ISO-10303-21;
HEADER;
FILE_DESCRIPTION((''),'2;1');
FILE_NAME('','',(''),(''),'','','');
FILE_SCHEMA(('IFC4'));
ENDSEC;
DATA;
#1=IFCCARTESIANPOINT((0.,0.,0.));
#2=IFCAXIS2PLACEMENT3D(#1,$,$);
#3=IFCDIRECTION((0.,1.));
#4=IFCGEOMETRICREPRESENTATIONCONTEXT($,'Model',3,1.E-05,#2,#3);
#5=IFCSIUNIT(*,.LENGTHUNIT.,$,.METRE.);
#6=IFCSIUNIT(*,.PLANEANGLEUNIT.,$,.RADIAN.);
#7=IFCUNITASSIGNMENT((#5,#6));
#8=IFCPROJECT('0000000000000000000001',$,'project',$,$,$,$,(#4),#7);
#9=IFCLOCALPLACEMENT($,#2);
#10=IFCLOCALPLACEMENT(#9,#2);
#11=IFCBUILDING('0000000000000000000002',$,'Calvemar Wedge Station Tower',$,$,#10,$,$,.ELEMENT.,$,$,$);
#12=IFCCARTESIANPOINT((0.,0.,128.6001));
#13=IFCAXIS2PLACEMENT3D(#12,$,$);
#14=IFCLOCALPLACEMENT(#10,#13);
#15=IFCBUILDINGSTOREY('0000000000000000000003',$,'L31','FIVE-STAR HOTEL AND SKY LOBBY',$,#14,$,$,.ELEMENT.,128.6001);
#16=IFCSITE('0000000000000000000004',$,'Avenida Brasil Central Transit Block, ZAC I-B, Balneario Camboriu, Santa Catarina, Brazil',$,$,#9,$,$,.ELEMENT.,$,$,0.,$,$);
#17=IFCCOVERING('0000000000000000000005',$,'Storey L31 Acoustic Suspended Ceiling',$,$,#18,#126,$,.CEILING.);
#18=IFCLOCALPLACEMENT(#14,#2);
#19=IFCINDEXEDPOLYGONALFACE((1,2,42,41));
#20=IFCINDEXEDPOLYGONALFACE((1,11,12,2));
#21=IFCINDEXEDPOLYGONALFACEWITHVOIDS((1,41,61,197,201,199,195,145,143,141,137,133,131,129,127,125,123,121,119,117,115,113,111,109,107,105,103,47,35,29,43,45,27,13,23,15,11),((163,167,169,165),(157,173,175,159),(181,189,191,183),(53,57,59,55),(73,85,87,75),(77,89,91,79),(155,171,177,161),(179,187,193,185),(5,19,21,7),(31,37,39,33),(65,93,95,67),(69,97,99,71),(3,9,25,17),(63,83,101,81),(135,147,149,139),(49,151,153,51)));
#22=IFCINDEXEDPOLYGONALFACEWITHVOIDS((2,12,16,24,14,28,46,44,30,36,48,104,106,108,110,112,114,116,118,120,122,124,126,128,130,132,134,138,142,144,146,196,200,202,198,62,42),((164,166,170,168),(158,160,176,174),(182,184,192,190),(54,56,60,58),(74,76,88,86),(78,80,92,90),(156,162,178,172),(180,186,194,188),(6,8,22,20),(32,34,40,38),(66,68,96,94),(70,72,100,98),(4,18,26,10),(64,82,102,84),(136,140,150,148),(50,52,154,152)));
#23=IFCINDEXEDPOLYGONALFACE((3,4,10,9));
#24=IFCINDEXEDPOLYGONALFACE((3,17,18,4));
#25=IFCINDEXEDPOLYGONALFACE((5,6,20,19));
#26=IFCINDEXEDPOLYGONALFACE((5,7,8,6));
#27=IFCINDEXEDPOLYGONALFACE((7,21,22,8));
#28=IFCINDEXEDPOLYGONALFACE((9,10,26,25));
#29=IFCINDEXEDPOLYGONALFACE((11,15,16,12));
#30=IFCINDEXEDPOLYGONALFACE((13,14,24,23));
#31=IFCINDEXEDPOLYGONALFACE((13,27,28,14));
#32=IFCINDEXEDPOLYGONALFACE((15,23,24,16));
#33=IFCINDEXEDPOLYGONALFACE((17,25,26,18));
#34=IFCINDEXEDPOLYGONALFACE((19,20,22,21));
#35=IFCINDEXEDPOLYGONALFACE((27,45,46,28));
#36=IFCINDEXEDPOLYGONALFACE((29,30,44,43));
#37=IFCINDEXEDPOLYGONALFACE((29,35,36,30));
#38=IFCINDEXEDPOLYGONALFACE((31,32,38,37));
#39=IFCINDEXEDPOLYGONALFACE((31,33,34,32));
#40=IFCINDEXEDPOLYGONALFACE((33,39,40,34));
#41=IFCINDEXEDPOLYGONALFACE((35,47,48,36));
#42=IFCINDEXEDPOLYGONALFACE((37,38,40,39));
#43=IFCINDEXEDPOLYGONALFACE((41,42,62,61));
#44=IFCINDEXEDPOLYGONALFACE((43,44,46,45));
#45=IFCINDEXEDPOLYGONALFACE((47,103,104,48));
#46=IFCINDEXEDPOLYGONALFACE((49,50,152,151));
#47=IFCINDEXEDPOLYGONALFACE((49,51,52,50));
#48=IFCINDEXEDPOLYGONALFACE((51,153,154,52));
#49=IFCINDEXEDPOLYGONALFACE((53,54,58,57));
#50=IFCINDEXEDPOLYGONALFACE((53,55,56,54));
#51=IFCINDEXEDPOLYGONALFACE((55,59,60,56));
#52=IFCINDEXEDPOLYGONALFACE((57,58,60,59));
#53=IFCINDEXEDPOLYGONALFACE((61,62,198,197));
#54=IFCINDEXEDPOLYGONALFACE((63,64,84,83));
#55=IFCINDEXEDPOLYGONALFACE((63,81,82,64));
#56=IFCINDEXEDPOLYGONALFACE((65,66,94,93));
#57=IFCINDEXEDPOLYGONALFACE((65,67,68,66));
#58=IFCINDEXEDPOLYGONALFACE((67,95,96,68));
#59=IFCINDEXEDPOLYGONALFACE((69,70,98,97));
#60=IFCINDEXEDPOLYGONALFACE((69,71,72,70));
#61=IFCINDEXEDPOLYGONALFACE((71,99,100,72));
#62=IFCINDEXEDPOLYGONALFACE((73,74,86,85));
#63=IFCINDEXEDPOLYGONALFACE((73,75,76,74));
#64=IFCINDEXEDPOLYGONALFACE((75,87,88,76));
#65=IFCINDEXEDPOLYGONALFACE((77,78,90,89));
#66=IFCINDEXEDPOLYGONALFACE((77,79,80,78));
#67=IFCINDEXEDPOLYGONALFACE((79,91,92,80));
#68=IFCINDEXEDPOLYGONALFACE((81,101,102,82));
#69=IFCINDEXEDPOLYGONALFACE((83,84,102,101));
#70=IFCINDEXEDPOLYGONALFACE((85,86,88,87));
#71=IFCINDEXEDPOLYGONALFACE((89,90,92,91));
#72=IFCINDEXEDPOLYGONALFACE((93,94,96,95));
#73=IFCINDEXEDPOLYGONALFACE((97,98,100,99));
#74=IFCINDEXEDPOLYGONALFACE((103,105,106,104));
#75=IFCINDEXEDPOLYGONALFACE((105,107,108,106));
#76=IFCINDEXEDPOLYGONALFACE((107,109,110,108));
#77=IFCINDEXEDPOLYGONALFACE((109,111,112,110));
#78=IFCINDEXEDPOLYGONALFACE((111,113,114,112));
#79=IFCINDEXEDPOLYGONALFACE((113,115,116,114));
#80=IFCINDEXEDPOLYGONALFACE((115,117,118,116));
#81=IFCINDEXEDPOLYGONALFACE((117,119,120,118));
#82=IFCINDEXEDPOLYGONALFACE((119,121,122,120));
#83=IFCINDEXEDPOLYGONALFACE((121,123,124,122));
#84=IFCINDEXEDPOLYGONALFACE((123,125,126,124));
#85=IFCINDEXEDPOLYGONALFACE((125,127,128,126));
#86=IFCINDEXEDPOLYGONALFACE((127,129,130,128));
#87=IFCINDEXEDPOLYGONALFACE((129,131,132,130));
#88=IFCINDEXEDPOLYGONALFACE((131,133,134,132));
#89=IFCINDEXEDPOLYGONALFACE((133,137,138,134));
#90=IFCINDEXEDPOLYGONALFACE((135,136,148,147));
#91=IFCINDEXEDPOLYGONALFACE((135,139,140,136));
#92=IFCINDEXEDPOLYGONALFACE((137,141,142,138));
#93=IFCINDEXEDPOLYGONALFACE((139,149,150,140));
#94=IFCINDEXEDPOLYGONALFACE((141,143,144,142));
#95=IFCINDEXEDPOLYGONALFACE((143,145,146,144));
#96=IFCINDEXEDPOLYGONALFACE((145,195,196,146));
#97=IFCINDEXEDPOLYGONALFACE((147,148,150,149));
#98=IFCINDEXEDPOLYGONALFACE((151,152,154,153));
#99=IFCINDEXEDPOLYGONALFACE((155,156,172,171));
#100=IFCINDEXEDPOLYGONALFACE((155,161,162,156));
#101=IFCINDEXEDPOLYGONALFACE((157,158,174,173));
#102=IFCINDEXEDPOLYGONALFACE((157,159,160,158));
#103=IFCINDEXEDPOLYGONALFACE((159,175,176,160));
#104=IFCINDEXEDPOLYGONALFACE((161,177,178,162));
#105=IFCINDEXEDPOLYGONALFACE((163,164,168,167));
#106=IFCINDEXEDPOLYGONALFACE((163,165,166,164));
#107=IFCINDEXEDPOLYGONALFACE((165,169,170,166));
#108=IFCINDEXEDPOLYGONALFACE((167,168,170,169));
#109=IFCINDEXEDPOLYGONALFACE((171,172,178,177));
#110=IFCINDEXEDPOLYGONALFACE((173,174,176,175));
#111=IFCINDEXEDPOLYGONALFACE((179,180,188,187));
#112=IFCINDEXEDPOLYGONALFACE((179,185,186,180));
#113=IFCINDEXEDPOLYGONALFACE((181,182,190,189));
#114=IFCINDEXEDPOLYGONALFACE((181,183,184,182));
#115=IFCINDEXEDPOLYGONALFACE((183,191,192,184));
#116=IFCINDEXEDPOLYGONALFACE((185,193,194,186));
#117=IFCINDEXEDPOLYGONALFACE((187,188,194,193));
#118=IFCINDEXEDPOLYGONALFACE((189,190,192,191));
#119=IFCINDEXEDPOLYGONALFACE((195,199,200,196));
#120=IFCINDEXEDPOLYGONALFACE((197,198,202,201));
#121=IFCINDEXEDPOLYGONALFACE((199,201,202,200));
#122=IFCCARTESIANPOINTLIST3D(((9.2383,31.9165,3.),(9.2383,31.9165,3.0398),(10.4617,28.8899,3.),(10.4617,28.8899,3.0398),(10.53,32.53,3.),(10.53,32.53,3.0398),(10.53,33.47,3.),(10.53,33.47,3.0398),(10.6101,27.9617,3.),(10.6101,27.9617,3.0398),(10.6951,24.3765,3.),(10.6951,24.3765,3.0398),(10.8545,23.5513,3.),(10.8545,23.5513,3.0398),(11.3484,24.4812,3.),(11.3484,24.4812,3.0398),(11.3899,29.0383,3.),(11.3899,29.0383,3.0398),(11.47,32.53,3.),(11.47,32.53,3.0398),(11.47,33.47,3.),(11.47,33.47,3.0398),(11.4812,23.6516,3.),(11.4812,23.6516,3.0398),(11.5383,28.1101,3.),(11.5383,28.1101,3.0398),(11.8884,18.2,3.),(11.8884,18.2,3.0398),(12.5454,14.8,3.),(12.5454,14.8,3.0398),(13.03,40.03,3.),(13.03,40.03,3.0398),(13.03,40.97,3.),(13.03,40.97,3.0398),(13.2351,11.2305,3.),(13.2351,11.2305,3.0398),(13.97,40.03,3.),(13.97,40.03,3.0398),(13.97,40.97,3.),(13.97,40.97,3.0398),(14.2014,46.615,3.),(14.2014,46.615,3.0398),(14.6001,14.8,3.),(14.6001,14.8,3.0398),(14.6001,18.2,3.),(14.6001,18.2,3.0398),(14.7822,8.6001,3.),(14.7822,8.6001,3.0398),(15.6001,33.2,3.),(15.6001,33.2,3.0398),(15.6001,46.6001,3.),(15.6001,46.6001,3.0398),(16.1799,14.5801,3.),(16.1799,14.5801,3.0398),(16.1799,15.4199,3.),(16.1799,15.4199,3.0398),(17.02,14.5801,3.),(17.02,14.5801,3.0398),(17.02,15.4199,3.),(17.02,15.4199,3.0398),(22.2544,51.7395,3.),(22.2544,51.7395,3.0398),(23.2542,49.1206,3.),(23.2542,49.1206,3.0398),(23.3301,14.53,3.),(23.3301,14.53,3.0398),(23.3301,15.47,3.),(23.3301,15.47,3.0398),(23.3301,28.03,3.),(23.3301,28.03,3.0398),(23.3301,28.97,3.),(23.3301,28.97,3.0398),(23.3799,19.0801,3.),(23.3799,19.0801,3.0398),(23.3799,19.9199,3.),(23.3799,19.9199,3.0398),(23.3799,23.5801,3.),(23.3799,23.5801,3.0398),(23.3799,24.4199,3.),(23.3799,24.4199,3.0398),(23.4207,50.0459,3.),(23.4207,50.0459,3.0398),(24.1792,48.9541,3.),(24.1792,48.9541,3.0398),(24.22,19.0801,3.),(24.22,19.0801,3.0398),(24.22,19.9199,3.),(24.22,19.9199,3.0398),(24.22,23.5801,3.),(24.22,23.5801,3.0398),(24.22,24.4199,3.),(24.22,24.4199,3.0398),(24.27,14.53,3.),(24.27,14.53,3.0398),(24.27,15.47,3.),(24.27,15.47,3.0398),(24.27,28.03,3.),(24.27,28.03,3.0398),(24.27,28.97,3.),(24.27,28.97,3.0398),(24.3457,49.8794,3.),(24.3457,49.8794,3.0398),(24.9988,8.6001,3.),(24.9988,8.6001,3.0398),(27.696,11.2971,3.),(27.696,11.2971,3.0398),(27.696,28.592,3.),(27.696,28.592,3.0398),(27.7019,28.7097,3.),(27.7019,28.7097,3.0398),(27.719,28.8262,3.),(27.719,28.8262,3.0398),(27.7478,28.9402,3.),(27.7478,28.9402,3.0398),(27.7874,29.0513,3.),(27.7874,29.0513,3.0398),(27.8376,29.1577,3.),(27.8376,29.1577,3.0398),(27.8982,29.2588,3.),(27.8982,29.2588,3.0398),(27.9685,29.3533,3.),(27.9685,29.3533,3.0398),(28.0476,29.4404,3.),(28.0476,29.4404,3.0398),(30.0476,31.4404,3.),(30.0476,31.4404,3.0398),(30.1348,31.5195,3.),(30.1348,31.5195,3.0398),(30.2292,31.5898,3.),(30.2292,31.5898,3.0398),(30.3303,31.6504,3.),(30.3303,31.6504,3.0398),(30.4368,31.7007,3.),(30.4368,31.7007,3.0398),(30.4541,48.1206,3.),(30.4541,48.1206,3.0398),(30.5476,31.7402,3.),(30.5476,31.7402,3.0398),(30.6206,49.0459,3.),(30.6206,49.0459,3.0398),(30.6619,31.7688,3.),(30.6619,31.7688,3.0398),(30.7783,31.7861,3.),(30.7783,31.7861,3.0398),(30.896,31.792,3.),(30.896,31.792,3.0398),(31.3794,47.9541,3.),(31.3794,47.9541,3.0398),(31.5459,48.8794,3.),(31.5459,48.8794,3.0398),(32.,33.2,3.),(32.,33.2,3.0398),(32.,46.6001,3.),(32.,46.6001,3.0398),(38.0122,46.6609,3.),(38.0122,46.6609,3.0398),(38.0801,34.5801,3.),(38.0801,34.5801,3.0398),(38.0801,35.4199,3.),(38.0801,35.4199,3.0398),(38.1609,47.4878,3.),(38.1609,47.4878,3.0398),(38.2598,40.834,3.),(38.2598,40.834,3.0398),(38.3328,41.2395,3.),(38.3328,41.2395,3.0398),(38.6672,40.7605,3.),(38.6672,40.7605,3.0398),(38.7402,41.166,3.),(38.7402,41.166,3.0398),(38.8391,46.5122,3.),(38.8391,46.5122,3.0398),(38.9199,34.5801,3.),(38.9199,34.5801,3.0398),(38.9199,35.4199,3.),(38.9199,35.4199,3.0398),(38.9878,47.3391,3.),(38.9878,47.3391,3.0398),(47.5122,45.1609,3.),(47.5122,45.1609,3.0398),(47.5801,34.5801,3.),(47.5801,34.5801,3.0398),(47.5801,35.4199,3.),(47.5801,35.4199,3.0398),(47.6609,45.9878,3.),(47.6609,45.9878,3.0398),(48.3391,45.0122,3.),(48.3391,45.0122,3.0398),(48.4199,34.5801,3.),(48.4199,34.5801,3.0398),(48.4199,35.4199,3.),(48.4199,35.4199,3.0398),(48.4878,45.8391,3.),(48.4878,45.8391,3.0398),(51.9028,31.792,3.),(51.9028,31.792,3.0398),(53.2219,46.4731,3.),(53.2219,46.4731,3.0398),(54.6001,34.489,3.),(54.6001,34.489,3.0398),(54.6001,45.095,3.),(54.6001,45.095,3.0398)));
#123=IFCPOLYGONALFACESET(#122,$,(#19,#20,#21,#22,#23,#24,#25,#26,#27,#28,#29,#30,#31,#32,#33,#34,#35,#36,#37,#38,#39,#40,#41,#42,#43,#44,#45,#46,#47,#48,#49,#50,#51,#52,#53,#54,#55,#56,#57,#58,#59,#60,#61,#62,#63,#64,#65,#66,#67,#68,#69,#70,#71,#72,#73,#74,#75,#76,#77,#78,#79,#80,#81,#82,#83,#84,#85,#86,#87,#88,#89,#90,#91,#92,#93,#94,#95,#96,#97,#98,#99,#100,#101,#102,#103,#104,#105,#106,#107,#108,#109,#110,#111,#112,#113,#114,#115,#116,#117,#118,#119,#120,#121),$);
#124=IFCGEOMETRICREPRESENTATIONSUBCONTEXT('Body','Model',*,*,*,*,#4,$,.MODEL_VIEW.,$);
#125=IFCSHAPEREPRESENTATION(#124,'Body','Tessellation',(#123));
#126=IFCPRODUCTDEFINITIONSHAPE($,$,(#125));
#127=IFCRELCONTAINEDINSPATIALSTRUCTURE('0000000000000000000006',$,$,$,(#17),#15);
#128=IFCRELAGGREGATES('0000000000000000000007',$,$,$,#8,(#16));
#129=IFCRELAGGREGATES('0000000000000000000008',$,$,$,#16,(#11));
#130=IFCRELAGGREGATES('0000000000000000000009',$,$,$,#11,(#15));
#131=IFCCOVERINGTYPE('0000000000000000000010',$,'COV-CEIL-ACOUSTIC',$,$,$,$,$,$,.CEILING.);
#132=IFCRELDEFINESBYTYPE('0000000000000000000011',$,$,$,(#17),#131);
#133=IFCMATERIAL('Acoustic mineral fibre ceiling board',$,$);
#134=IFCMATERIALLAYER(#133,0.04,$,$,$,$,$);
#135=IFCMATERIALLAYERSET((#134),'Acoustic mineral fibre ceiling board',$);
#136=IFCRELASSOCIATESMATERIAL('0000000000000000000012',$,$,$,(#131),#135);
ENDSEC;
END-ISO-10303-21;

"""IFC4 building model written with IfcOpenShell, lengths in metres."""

from ifc_helpers import new_model, si_unit, direction, frame, origin, place, context, subcontext, project, spatial, polyline, outline, extrude, material, layer, layer_set, type_object, element, save


model = new_model("IFC4")

# Units and contexts
model_context = context("Model", 3, precision=1e-05, world=origin(), true_north=direction((0.0, 1.0)))
body_context = subcontext(model_context, "Body", "Model", "MODEL_VIEW")
ifc_project = project(units=[si_unit("LENGTHUNIT", "METRE"), si_unit("PLANEANGLEUNIT", "RADIAN")], contexts=[model_context])

# Site, building, storey
site_placement = place(None, origin())
site = spatial("IfcSite", under=ifc_project, at=site_placement, Name="Avenida Brasil Central Transit Block, ZAC I-B, Balneario Camboriu, Santa Catarina, Brazil", CompositionType="ELEMENT", RefElevation=0.0)
building_placement = place(site_placement, origin())
building = spatial("IfcBuilding", under=site, at=building_placement, Name="Calvemar Wedge Station Tower", CompositionType="ELEMENT")
storey_placement = place(building_placement, frame((0.0, 0.0, 128.6001)))
storey = spatial("IfcBuildingStorey", under=building, at=storey_placement, Name="L31", Description="FIVE-STAR HOTEL AND SKY LOBBY", CompositionType="ELEMENT", Elevation=128.6001)

# Covering
ifc_material_1 = material(Name="Acoustic mineral fibre ceiling board")
ifc_layer_1 = layer(ifc_material_1, 0.04)
ifc_layer_set_1 = layer_set([ifc_layer_1], Name="Acoustic mineral fibre ceiling board")
covering_type_1 = type_object("IfcCoveringType", Name="COV-CEIL-ACOUSTIC", PredefinedType="CEILING", material=ifc_layer_set_1)
covering_1_placement = place(storey_placement, frame((0.0, 0.0, 3.0)))
element("IfcCovering", 1, at=covering_1_placement, inside=storey, type_object=covering_type_1, Name="Storey L31 Acoustic Suspended Ceiling", PredefinedType="CEILING", context=body_context, shape_type="SweptSolid", body=[
    extrude(outline(polyline([(28.0476, 29.4404), (30.0476, 31.4404), (30.1348, 31.5195), (30.2292, 31.5898), (30.3303, 31.6504), (30.4368, 31.7007), (30.5476, 31.7402), (30.6619, 31.7688), (30.7783, 31.7861), (30.896, 31.792), (51.9028, 31.792), (54.6001, 34.489), (54.6001, 45.095), (53.2219, 46.4731), (22.2544, 51.7395), (14.2014, 46.615), (9.2383, 31.9165), (10.6951, 24.3765), (11.3484, 24.4812), (11.4812, 23.6516), (10.8545, 23.5513), (11.8884, 18.2), (14.6001, 18.2), (14.6001, 14.8), (12.5454, 14.8), (13.2351, 11.2305), (14.7822, 8.6001), (24.9988, 8.6001), (27.696, 11.2971), (27.696, 28.592), (27.7019, 28.7097), (27.719, 28.8262), (27.7478, 28.9402), (27.7874, 29.0513), (27.8376, 29.1577), (27.8982, 29.2588), (27.9685, 29.3533), (28.0476, 29.4404)]), holes=[polyline([(15.6001, 46.6001), (32.0, 46.6001), (32.0, 33.2), (15.6001, 33.2), (15.6001, 46.6001)]), polyline([(10.53, 32.53), (10.53, 33.47), (11.47, 33.47), (11.47, 32.53), (10.53, 32.53)]), polyline([(13.03, 40.97), (13.97, 40.97), (13.97, 40.03), (13.03, 40.03), (13.03, 40.97)]), polyline([(24.3457, 49.8794), (24.1792, 48.9541), (23.2542, 49.1206), (23.4207, 50.0459), (24.3457, 49.8794)]), polyline([(31.3794, 47.9541), (30.4541, 48.1206), (30.6206, 49.0459), (31.5459, 48.8794), (31.3794, 47.9541)]), polyline([(38.0122, 46.6609), (38.1609, 47.4878), (38.9878, 47.3391), (38.8391, 46.5122), (38.0122, 46.6609)]), polyline([(47.6609, 45.9878), (48.4878, 45.8391), (48.3391, 45.0122), (47.5122, 45.1609), (47.6609, 45.9878)]), polyline([(38.9199, 35.4199), (38.9199, 34.5801), (38.0801, 34.5801), (38.0801, 35.4199), (38.9199, 35.4199)]), polyline([(48.4199, 34.5801), (47.5801, 34.5801), (47.5801, 35.4199), (48.4199, 35.4199), (48.4199, 34.5801)]), polyline([(38.2598, 40.834), (38.3328, 41.2395), (38.7402, 41.166), (38.6672, 40.7605), (38.2598, 40.834)]), polyline([(11.3899, 29.0383), (11.5383, 28.1101), (10.6101, 27.9617), (10.4617, 28.8899), (11.3899, 29.0383)]), polyline([(24.27, 28.03), (23.3301, 28.03), (23.3301, 28.97), (24.27, 28.97), (24.27, 28.03)]), polyline([(23.3799, 23.5801), (23.3799, 24.4199), (24.22, 24.4199), (24.22, 23.5801), (23.3799, 23.5801)]), polyline([(23.3799, 19.9199), (24.22, 19.9199), (24.22, 19.0801), (23.3799, 19.0801), (23.3799, 19.9199)]), polyline([(24.27, 15.47), (24.27, 14.53), (23.3301, 14.53), (23.3301, 15.47), (24.27, 15.47)]), polyline([(17.02, 14.5801), (16.1799, 14.5801), (16.1799, 15.4199), (17.02, 15.4199), (17.02, 14.5801)])]), origin(), (0.0, 0.0, 1.0), 0.0398),
])

save(model, "model.ifc")
